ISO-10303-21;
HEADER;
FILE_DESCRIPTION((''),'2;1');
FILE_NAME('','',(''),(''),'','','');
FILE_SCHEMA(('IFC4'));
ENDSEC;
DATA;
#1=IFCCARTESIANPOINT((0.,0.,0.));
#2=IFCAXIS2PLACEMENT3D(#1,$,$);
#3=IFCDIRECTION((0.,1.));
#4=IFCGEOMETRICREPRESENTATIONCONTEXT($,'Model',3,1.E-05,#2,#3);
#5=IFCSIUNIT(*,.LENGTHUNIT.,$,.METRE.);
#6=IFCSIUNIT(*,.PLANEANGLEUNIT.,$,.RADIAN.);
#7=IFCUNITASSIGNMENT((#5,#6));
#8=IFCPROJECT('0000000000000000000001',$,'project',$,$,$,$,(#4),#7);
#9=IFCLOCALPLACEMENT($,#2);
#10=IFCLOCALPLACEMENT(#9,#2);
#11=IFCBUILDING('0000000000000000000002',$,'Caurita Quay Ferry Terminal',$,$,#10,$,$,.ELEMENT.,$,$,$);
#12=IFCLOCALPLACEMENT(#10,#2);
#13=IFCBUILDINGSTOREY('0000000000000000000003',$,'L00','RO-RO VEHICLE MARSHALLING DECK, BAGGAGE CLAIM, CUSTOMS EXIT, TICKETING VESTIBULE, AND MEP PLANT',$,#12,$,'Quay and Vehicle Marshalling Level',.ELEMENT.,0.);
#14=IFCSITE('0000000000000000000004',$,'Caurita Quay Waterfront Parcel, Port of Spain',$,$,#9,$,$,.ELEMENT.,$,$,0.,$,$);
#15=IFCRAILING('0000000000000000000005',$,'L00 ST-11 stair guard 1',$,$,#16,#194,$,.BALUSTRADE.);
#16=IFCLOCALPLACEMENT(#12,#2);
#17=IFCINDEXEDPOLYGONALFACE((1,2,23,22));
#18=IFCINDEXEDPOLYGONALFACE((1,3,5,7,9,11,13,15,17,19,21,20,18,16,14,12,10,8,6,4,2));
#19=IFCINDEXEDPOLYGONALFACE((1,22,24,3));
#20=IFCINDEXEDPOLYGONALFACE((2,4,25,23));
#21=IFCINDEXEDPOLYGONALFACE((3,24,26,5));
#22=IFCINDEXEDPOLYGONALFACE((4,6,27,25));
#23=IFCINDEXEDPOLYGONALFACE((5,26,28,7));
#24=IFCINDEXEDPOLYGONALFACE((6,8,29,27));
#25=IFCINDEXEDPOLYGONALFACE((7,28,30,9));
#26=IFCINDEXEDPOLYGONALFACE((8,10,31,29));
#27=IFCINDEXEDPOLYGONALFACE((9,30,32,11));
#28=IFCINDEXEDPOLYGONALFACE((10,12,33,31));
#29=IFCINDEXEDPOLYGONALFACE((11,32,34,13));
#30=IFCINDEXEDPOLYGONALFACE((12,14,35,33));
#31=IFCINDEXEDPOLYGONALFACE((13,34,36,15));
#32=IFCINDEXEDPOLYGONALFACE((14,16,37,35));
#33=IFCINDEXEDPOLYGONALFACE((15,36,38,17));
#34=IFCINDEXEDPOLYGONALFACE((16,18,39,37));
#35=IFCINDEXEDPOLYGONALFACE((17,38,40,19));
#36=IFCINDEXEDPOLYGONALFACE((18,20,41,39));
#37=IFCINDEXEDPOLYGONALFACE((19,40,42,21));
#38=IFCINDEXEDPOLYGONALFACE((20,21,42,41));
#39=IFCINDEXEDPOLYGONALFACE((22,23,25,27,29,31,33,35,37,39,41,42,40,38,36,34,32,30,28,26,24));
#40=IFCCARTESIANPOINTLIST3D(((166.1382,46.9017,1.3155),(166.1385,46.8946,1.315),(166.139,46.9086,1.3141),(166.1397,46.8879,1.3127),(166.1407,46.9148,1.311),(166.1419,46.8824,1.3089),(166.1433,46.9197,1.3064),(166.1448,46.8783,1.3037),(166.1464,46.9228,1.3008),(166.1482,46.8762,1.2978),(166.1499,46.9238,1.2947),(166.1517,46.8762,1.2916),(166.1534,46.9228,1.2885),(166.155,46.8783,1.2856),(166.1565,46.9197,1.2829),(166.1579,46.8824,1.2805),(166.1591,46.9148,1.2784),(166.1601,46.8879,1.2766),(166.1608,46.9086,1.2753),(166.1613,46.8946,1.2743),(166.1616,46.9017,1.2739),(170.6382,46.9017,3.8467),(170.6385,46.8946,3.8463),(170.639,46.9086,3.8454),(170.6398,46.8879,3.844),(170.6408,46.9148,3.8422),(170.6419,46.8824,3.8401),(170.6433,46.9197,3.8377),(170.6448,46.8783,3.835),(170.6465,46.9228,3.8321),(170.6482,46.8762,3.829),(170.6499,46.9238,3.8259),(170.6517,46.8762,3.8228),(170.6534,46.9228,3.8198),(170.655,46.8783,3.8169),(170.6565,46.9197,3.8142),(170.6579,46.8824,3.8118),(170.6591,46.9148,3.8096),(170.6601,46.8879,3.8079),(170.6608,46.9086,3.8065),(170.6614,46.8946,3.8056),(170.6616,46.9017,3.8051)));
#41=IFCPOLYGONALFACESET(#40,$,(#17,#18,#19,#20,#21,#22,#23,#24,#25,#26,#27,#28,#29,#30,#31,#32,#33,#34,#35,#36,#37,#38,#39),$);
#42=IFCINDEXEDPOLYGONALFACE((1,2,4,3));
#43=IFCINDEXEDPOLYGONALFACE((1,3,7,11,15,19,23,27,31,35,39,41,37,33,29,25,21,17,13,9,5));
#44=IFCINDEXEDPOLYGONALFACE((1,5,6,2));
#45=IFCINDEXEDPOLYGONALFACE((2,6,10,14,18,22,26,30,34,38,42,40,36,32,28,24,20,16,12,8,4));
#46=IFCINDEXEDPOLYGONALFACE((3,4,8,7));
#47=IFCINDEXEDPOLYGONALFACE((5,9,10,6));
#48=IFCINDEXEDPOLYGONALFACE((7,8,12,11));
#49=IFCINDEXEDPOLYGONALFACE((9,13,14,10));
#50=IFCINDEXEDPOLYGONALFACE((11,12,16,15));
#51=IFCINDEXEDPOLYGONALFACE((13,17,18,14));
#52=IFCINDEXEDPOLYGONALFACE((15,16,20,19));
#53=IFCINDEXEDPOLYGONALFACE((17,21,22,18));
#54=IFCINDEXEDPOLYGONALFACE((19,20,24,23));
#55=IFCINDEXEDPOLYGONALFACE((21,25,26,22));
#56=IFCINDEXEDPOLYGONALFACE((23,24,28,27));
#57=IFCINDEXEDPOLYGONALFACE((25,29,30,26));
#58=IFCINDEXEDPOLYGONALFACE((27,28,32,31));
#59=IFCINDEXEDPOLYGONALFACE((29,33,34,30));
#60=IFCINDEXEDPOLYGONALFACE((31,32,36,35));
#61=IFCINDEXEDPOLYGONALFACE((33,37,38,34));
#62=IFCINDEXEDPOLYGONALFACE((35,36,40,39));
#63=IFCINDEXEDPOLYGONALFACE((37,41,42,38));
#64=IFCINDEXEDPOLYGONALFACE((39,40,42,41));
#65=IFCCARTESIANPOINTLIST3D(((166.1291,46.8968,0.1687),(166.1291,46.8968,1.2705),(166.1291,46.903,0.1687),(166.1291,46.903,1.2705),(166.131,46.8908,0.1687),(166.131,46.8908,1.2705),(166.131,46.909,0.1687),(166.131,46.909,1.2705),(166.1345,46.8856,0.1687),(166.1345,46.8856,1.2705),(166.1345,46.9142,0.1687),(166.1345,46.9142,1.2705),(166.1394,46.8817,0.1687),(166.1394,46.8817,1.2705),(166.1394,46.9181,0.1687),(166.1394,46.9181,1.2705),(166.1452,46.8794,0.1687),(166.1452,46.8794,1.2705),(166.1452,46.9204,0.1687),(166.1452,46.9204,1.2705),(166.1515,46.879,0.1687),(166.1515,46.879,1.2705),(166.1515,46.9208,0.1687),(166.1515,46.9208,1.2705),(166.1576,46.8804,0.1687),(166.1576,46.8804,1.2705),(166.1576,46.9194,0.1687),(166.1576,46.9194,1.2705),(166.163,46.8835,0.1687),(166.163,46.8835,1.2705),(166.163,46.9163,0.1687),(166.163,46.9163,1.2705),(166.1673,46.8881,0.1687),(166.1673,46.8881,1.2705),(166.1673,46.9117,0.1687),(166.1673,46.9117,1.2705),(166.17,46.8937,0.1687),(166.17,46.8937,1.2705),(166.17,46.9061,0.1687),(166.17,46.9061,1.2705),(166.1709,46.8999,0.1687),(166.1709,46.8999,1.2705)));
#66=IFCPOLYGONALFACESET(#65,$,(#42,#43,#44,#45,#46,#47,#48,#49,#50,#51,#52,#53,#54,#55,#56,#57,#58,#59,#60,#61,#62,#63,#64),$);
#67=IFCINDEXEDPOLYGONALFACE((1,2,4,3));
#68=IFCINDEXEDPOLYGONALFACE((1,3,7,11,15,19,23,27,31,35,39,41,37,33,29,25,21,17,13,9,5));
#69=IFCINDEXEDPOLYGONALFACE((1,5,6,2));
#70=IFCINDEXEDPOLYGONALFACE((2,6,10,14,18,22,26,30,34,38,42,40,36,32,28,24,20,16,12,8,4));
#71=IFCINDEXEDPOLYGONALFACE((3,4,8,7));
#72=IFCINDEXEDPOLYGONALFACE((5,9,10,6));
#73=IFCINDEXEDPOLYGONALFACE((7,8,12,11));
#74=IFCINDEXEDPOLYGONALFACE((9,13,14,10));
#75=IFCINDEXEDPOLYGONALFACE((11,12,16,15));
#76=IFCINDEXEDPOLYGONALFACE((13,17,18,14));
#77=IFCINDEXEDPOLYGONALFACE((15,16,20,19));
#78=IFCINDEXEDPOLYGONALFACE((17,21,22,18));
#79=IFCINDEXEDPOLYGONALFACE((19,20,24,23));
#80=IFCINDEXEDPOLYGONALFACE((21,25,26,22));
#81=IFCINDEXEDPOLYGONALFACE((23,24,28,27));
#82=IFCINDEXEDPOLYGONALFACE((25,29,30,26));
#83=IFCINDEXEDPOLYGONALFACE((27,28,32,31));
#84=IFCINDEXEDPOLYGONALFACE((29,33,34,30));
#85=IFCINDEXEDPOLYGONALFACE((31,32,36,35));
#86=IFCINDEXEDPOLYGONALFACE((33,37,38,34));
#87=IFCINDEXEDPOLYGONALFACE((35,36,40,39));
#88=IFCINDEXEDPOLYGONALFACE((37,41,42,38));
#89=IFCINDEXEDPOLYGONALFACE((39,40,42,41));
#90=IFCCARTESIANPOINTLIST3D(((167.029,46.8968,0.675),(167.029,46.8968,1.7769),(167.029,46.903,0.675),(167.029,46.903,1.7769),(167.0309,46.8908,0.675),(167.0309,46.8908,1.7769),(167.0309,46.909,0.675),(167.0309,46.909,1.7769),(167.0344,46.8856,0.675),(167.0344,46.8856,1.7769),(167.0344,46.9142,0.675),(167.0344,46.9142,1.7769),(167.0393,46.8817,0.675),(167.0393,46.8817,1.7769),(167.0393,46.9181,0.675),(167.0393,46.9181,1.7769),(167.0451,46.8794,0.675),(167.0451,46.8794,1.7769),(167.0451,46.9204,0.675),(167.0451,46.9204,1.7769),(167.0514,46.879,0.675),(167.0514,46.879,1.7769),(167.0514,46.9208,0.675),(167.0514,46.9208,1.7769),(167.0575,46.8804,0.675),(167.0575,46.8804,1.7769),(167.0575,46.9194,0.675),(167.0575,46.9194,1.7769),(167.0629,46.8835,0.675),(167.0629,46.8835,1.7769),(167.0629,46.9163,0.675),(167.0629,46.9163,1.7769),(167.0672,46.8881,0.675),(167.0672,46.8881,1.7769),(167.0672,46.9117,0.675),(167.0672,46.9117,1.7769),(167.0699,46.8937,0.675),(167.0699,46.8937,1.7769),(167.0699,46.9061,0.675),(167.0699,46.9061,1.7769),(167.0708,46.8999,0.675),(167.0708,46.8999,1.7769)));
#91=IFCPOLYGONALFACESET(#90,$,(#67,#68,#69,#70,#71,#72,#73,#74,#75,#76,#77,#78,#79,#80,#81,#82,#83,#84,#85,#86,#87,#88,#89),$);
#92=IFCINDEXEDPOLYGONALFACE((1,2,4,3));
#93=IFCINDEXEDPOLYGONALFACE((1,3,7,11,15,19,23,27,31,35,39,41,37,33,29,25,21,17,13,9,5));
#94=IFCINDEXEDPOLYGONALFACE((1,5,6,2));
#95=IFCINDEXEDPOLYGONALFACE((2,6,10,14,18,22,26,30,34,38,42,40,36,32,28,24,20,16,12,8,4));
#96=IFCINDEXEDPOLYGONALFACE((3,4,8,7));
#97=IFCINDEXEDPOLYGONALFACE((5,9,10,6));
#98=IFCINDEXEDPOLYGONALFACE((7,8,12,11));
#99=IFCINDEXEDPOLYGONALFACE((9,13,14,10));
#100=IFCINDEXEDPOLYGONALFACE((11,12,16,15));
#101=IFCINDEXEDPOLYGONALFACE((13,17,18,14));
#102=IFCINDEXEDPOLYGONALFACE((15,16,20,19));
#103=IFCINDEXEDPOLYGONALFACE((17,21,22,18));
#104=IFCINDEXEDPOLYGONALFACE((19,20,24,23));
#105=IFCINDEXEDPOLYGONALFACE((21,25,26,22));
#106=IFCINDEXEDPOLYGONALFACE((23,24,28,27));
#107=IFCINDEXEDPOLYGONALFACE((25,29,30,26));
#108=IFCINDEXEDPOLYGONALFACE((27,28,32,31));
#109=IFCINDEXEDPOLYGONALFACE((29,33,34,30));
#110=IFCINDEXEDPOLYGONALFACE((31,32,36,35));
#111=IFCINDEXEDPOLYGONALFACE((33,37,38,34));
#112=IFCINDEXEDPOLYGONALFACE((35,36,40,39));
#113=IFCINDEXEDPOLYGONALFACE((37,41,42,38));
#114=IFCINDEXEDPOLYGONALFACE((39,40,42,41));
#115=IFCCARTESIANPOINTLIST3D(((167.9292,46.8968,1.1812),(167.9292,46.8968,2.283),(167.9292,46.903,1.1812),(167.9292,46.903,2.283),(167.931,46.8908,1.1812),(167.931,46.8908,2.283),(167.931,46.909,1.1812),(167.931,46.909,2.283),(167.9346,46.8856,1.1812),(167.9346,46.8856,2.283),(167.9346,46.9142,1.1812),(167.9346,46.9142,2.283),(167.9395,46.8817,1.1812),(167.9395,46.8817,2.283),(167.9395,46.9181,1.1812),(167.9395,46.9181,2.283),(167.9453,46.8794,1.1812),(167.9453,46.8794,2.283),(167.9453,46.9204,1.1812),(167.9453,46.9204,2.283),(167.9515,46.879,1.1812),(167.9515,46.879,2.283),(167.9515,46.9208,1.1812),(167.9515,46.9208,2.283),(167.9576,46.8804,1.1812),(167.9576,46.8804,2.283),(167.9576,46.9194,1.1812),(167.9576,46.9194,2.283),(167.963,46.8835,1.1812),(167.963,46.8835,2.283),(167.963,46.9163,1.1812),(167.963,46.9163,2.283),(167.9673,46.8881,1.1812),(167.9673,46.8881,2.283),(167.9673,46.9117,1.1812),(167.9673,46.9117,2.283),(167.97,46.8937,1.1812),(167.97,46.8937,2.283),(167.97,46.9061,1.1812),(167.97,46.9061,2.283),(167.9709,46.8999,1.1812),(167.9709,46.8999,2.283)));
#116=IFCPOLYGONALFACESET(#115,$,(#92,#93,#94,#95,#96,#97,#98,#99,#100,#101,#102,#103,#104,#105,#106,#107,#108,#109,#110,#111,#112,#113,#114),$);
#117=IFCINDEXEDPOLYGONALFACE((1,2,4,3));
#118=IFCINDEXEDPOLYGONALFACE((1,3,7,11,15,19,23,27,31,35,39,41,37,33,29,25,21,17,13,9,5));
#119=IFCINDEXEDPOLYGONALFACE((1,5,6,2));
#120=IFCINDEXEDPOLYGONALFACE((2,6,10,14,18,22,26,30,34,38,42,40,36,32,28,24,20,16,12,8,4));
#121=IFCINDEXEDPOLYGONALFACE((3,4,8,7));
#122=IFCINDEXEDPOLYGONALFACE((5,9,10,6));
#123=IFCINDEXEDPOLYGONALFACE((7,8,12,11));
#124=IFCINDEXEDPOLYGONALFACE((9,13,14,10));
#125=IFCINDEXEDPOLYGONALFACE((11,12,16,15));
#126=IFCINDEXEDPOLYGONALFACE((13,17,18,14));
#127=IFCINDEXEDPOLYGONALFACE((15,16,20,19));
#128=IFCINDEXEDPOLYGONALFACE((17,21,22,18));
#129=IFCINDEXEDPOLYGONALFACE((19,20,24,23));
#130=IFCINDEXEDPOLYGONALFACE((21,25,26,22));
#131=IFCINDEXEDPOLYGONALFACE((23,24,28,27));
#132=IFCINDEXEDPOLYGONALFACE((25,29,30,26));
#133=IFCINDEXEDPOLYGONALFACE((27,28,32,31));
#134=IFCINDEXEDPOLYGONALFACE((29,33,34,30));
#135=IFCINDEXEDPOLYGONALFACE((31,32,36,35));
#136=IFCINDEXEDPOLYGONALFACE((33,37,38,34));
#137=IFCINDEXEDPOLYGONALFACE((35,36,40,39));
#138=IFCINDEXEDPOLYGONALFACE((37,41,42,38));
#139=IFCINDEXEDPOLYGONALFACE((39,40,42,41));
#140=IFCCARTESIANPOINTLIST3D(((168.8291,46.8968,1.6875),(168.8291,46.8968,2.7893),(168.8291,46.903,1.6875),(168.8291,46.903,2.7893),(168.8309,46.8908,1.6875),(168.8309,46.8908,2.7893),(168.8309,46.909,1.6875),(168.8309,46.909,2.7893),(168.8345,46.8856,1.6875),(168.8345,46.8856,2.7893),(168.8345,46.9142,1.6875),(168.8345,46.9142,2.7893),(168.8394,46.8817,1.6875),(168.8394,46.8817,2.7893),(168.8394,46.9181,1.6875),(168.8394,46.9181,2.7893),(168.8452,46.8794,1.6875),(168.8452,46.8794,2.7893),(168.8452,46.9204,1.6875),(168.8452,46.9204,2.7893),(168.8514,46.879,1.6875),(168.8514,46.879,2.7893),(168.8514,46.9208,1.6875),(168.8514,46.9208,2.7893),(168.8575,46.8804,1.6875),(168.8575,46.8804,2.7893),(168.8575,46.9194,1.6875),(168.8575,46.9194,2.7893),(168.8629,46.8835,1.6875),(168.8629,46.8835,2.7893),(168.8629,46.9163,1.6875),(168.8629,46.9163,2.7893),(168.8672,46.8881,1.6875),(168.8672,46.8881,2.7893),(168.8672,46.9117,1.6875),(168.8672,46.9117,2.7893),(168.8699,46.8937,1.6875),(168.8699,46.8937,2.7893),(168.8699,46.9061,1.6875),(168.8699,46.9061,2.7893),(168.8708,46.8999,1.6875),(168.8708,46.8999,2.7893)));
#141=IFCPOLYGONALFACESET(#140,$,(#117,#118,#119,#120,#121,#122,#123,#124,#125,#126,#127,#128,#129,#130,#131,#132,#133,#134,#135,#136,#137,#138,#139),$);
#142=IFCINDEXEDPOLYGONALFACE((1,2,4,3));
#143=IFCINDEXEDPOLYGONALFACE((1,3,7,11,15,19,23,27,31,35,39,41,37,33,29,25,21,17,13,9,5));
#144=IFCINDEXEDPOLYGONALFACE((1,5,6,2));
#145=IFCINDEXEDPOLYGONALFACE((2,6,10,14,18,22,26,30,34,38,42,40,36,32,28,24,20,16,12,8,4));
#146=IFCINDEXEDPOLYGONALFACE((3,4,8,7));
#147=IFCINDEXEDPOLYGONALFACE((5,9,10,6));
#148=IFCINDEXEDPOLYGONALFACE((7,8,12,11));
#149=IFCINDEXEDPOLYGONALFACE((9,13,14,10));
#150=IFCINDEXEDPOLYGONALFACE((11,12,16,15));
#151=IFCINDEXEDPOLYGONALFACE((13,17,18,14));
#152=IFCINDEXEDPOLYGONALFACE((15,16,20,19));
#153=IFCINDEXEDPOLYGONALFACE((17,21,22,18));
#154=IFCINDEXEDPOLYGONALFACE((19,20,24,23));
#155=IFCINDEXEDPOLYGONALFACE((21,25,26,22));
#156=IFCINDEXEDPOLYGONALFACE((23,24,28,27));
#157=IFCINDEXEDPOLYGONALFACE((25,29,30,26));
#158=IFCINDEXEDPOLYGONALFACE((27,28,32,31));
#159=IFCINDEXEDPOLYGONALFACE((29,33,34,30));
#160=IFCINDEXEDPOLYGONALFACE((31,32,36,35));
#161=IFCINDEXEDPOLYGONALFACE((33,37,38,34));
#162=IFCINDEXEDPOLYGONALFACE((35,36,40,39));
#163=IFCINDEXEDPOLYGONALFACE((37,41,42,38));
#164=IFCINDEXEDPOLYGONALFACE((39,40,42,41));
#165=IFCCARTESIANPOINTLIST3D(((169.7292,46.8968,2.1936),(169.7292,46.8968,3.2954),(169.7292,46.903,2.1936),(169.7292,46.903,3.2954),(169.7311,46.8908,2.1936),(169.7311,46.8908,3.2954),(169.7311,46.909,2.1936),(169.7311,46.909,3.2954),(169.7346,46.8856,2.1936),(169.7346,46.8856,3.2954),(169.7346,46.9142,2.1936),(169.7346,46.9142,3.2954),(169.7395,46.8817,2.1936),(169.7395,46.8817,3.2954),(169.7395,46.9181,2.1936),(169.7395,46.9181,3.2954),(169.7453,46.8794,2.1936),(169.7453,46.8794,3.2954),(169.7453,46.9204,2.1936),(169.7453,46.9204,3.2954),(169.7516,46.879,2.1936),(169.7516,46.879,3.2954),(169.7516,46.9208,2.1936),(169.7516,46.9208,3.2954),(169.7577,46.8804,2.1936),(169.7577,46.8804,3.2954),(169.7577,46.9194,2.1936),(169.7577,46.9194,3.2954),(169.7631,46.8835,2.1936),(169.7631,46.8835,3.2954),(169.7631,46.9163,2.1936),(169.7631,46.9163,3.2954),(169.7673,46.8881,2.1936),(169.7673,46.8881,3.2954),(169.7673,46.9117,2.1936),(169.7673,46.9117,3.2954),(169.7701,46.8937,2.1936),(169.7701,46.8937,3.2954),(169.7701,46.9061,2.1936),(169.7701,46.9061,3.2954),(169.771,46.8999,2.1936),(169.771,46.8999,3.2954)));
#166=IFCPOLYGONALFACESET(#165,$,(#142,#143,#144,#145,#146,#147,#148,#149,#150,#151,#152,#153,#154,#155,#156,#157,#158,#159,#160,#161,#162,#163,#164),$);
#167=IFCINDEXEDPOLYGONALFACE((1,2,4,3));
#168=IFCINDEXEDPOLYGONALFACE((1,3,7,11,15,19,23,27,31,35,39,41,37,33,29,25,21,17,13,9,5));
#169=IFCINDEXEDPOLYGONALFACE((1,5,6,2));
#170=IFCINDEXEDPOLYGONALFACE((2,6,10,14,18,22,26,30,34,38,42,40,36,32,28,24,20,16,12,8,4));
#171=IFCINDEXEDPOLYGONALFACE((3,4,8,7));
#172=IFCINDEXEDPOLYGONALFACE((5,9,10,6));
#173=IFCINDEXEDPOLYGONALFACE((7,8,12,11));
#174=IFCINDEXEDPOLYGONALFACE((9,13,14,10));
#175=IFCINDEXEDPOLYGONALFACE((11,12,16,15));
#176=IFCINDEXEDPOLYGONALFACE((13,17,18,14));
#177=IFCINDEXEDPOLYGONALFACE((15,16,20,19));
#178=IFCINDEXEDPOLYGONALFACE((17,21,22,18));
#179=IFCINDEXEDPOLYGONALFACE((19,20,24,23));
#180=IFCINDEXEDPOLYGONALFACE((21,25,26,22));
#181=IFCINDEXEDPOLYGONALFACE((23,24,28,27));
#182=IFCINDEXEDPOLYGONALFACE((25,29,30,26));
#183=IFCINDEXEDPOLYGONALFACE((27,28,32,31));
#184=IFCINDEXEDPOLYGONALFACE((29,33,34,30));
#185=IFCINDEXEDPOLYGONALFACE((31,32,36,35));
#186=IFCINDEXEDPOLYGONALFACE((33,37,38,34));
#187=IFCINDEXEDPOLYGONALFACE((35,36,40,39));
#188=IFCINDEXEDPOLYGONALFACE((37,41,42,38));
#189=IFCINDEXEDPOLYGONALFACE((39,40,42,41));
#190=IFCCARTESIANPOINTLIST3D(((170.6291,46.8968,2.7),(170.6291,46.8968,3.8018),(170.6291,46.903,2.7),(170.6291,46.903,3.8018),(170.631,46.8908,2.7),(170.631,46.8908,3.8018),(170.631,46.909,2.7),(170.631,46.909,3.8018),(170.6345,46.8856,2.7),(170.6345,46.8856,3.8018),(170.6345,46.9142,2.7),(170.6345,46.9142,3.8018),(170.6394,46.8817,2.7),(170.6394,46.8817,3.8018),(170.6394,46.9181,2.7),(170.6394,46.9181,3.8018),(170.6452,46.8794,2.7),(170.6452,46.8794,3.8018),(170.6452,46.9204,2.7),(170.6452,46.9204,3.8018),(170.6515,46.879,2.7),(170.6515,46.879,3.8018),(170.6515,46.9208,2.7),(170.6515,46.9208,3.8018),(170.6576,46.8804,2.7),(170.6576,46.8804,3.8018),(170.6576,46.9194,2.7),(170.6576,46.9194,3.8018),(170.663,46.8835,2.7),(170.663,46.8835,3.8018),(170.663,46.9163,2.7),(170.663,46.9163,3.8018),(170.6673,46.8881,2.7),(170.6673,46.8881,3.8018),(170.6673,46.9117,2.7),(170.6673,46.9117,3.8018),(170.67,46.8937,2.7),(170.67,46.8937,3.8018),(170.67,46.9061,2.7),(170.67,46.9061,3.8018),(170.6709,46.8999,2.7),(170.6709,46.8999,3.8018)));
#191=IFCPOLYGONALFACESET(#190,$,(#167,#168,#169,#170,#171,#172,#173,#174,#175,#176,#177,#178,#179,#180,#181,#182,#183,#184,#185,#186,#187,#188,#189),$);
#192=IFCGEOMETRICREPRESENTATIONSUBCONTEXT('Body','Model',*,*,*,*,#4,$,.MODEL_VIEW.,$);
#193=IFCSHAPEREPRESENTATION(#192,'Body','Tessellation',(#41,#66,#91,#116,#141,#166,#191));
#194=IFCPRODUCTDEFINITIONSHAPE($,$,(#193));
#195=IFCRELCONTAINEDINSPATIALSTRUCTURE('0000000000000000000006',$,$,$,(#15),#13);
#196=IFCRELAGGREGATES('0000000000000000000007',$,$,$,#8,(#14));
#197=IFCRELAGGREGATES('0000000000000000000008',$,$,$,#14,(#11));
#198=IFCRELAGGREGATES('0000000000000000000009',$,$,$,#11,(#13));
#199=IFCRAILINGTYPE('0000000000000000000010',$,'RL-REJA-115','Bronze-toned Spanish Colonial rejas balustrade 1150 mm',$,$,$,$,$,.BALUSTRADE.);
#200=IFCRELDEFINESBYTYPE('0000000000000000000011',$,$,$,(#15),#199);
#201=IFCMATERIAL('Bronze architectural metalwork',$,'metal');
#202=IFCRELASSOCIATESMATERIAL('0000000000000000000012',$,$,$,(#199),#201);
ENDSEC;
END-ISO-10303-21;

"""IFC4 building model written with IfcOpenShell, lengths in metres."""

from ifc_helpers import new_model, si_unit, direction, frame, origin, origin_2d, place, context, subcontext, project, spatial, circle, extrude, material, type_object, element, save


model = new_model("IFC4")

# Units and contexts
model_context = context("Model", 3, precision=1e-05, world=origin(), true_north=direction((0.0, 1.0)))
body_context = subcontext(model_context, "Body", "Model", "MODEL_VIEW")
ifc_project = project(units=[si_unit("LENGTHUNIT", "METRE"), si_unit("PLANEANGLEUNIT", "RADIAN")], contexts=[model_context])

# Site, building, storey
site_placement = place(None, origin())
site = spatial("IfcSite", under=ifc_project, at=site_placement, Name="Caurita Quay Waterfront Parcel, Port of Spain", CompositionType="ELEMENT", RefElevation=0.0)
building_placement = place(site_placement, origin())
building = spatial("IfcBuilding", under=site, at=building_placement, Name="Caurita Quay Ferry Terminal", CompositionType="ELEMENT")
storey_placement = place(building_placement, origin())
storey = spatial("IfcBuildingStorey", under=building, at=storey_placement, Name="L00", Description="RO-RO VEHICLE MARSHALLING DECK, BAGGAGE CLAIM, CUSTOMS EXIT, TICKETING VESTIBULE, AND MEP PLANT", LongName="Quay and Vehicle Marshalling Level", CompositionType="ELEMENT", Elevation=0.0)

# Railing
ifc_material_1 = material(Name="Bronze architectural metalwork", Category="metal")
railing_type_1 = type_object("IfcRailingType", Name="RL-REJA-115", Description="Bronze-toned Spanish Colonial rejas balustrade 1150 mm", PredefinedType="BALUSTRADE", material=ifc_material_1)
railing_1_placement = place(storey_placement, frame((166.1499, 46.8999, 0.1687)))
element("IfcRailing", 1, at=railing_1_placement, inside=storey, type_object=railing_type_1, Name="L00 ST-11 stair guard 1", PredefinedType="BALUSTRADE", context=body_context, shape_type="SweptSolid", body=[
    extrude(circle(Radius=0.0239, at=origin_2d()), frame((0.0, 0.0, 1.126), z_axis=(0.871576, 0.0, 0.490261), x_axis=(0.0, 1.0, 0.0)), (0.0, 0.0, 1.0), 5.1631),
    extrude(circle(Radius=0.021, at=origin_2d()), origin(), (0.0, 0.0, 1.0), 1.1018),
    extrude(circle(Radius=0.021, at=origin_2d()), frame((0.8999, 0.0, 0.5063)), (0.0, 0.0, 1.0), 1.1018),
    extrude(circle(Radius=0.021, at=origin_2d()), frame((1.8, 0.0, 1.0125)), (0.0, 0.0, 1.0), 1.1018),
    extrude(circle(Radius=0.021, at=origin_2d()), frame((2.7, 0.0, 1.5188)), (0.0, 0.0, 1.0), 1.1018),
    extrude(circle(Radius=0.021, at=origin_2d()), frame((3.6001, 0.0, 2.0249)), (0.0, 0.0, 1.0), 1.1018),
    extrude(circle(Radius=0.021, at=origin_2d()), frame((4.5, 0.0, 2.5312)), (0.0, 0.0, 1.0), 1.1018),
])

save(model, "model.ifc")
